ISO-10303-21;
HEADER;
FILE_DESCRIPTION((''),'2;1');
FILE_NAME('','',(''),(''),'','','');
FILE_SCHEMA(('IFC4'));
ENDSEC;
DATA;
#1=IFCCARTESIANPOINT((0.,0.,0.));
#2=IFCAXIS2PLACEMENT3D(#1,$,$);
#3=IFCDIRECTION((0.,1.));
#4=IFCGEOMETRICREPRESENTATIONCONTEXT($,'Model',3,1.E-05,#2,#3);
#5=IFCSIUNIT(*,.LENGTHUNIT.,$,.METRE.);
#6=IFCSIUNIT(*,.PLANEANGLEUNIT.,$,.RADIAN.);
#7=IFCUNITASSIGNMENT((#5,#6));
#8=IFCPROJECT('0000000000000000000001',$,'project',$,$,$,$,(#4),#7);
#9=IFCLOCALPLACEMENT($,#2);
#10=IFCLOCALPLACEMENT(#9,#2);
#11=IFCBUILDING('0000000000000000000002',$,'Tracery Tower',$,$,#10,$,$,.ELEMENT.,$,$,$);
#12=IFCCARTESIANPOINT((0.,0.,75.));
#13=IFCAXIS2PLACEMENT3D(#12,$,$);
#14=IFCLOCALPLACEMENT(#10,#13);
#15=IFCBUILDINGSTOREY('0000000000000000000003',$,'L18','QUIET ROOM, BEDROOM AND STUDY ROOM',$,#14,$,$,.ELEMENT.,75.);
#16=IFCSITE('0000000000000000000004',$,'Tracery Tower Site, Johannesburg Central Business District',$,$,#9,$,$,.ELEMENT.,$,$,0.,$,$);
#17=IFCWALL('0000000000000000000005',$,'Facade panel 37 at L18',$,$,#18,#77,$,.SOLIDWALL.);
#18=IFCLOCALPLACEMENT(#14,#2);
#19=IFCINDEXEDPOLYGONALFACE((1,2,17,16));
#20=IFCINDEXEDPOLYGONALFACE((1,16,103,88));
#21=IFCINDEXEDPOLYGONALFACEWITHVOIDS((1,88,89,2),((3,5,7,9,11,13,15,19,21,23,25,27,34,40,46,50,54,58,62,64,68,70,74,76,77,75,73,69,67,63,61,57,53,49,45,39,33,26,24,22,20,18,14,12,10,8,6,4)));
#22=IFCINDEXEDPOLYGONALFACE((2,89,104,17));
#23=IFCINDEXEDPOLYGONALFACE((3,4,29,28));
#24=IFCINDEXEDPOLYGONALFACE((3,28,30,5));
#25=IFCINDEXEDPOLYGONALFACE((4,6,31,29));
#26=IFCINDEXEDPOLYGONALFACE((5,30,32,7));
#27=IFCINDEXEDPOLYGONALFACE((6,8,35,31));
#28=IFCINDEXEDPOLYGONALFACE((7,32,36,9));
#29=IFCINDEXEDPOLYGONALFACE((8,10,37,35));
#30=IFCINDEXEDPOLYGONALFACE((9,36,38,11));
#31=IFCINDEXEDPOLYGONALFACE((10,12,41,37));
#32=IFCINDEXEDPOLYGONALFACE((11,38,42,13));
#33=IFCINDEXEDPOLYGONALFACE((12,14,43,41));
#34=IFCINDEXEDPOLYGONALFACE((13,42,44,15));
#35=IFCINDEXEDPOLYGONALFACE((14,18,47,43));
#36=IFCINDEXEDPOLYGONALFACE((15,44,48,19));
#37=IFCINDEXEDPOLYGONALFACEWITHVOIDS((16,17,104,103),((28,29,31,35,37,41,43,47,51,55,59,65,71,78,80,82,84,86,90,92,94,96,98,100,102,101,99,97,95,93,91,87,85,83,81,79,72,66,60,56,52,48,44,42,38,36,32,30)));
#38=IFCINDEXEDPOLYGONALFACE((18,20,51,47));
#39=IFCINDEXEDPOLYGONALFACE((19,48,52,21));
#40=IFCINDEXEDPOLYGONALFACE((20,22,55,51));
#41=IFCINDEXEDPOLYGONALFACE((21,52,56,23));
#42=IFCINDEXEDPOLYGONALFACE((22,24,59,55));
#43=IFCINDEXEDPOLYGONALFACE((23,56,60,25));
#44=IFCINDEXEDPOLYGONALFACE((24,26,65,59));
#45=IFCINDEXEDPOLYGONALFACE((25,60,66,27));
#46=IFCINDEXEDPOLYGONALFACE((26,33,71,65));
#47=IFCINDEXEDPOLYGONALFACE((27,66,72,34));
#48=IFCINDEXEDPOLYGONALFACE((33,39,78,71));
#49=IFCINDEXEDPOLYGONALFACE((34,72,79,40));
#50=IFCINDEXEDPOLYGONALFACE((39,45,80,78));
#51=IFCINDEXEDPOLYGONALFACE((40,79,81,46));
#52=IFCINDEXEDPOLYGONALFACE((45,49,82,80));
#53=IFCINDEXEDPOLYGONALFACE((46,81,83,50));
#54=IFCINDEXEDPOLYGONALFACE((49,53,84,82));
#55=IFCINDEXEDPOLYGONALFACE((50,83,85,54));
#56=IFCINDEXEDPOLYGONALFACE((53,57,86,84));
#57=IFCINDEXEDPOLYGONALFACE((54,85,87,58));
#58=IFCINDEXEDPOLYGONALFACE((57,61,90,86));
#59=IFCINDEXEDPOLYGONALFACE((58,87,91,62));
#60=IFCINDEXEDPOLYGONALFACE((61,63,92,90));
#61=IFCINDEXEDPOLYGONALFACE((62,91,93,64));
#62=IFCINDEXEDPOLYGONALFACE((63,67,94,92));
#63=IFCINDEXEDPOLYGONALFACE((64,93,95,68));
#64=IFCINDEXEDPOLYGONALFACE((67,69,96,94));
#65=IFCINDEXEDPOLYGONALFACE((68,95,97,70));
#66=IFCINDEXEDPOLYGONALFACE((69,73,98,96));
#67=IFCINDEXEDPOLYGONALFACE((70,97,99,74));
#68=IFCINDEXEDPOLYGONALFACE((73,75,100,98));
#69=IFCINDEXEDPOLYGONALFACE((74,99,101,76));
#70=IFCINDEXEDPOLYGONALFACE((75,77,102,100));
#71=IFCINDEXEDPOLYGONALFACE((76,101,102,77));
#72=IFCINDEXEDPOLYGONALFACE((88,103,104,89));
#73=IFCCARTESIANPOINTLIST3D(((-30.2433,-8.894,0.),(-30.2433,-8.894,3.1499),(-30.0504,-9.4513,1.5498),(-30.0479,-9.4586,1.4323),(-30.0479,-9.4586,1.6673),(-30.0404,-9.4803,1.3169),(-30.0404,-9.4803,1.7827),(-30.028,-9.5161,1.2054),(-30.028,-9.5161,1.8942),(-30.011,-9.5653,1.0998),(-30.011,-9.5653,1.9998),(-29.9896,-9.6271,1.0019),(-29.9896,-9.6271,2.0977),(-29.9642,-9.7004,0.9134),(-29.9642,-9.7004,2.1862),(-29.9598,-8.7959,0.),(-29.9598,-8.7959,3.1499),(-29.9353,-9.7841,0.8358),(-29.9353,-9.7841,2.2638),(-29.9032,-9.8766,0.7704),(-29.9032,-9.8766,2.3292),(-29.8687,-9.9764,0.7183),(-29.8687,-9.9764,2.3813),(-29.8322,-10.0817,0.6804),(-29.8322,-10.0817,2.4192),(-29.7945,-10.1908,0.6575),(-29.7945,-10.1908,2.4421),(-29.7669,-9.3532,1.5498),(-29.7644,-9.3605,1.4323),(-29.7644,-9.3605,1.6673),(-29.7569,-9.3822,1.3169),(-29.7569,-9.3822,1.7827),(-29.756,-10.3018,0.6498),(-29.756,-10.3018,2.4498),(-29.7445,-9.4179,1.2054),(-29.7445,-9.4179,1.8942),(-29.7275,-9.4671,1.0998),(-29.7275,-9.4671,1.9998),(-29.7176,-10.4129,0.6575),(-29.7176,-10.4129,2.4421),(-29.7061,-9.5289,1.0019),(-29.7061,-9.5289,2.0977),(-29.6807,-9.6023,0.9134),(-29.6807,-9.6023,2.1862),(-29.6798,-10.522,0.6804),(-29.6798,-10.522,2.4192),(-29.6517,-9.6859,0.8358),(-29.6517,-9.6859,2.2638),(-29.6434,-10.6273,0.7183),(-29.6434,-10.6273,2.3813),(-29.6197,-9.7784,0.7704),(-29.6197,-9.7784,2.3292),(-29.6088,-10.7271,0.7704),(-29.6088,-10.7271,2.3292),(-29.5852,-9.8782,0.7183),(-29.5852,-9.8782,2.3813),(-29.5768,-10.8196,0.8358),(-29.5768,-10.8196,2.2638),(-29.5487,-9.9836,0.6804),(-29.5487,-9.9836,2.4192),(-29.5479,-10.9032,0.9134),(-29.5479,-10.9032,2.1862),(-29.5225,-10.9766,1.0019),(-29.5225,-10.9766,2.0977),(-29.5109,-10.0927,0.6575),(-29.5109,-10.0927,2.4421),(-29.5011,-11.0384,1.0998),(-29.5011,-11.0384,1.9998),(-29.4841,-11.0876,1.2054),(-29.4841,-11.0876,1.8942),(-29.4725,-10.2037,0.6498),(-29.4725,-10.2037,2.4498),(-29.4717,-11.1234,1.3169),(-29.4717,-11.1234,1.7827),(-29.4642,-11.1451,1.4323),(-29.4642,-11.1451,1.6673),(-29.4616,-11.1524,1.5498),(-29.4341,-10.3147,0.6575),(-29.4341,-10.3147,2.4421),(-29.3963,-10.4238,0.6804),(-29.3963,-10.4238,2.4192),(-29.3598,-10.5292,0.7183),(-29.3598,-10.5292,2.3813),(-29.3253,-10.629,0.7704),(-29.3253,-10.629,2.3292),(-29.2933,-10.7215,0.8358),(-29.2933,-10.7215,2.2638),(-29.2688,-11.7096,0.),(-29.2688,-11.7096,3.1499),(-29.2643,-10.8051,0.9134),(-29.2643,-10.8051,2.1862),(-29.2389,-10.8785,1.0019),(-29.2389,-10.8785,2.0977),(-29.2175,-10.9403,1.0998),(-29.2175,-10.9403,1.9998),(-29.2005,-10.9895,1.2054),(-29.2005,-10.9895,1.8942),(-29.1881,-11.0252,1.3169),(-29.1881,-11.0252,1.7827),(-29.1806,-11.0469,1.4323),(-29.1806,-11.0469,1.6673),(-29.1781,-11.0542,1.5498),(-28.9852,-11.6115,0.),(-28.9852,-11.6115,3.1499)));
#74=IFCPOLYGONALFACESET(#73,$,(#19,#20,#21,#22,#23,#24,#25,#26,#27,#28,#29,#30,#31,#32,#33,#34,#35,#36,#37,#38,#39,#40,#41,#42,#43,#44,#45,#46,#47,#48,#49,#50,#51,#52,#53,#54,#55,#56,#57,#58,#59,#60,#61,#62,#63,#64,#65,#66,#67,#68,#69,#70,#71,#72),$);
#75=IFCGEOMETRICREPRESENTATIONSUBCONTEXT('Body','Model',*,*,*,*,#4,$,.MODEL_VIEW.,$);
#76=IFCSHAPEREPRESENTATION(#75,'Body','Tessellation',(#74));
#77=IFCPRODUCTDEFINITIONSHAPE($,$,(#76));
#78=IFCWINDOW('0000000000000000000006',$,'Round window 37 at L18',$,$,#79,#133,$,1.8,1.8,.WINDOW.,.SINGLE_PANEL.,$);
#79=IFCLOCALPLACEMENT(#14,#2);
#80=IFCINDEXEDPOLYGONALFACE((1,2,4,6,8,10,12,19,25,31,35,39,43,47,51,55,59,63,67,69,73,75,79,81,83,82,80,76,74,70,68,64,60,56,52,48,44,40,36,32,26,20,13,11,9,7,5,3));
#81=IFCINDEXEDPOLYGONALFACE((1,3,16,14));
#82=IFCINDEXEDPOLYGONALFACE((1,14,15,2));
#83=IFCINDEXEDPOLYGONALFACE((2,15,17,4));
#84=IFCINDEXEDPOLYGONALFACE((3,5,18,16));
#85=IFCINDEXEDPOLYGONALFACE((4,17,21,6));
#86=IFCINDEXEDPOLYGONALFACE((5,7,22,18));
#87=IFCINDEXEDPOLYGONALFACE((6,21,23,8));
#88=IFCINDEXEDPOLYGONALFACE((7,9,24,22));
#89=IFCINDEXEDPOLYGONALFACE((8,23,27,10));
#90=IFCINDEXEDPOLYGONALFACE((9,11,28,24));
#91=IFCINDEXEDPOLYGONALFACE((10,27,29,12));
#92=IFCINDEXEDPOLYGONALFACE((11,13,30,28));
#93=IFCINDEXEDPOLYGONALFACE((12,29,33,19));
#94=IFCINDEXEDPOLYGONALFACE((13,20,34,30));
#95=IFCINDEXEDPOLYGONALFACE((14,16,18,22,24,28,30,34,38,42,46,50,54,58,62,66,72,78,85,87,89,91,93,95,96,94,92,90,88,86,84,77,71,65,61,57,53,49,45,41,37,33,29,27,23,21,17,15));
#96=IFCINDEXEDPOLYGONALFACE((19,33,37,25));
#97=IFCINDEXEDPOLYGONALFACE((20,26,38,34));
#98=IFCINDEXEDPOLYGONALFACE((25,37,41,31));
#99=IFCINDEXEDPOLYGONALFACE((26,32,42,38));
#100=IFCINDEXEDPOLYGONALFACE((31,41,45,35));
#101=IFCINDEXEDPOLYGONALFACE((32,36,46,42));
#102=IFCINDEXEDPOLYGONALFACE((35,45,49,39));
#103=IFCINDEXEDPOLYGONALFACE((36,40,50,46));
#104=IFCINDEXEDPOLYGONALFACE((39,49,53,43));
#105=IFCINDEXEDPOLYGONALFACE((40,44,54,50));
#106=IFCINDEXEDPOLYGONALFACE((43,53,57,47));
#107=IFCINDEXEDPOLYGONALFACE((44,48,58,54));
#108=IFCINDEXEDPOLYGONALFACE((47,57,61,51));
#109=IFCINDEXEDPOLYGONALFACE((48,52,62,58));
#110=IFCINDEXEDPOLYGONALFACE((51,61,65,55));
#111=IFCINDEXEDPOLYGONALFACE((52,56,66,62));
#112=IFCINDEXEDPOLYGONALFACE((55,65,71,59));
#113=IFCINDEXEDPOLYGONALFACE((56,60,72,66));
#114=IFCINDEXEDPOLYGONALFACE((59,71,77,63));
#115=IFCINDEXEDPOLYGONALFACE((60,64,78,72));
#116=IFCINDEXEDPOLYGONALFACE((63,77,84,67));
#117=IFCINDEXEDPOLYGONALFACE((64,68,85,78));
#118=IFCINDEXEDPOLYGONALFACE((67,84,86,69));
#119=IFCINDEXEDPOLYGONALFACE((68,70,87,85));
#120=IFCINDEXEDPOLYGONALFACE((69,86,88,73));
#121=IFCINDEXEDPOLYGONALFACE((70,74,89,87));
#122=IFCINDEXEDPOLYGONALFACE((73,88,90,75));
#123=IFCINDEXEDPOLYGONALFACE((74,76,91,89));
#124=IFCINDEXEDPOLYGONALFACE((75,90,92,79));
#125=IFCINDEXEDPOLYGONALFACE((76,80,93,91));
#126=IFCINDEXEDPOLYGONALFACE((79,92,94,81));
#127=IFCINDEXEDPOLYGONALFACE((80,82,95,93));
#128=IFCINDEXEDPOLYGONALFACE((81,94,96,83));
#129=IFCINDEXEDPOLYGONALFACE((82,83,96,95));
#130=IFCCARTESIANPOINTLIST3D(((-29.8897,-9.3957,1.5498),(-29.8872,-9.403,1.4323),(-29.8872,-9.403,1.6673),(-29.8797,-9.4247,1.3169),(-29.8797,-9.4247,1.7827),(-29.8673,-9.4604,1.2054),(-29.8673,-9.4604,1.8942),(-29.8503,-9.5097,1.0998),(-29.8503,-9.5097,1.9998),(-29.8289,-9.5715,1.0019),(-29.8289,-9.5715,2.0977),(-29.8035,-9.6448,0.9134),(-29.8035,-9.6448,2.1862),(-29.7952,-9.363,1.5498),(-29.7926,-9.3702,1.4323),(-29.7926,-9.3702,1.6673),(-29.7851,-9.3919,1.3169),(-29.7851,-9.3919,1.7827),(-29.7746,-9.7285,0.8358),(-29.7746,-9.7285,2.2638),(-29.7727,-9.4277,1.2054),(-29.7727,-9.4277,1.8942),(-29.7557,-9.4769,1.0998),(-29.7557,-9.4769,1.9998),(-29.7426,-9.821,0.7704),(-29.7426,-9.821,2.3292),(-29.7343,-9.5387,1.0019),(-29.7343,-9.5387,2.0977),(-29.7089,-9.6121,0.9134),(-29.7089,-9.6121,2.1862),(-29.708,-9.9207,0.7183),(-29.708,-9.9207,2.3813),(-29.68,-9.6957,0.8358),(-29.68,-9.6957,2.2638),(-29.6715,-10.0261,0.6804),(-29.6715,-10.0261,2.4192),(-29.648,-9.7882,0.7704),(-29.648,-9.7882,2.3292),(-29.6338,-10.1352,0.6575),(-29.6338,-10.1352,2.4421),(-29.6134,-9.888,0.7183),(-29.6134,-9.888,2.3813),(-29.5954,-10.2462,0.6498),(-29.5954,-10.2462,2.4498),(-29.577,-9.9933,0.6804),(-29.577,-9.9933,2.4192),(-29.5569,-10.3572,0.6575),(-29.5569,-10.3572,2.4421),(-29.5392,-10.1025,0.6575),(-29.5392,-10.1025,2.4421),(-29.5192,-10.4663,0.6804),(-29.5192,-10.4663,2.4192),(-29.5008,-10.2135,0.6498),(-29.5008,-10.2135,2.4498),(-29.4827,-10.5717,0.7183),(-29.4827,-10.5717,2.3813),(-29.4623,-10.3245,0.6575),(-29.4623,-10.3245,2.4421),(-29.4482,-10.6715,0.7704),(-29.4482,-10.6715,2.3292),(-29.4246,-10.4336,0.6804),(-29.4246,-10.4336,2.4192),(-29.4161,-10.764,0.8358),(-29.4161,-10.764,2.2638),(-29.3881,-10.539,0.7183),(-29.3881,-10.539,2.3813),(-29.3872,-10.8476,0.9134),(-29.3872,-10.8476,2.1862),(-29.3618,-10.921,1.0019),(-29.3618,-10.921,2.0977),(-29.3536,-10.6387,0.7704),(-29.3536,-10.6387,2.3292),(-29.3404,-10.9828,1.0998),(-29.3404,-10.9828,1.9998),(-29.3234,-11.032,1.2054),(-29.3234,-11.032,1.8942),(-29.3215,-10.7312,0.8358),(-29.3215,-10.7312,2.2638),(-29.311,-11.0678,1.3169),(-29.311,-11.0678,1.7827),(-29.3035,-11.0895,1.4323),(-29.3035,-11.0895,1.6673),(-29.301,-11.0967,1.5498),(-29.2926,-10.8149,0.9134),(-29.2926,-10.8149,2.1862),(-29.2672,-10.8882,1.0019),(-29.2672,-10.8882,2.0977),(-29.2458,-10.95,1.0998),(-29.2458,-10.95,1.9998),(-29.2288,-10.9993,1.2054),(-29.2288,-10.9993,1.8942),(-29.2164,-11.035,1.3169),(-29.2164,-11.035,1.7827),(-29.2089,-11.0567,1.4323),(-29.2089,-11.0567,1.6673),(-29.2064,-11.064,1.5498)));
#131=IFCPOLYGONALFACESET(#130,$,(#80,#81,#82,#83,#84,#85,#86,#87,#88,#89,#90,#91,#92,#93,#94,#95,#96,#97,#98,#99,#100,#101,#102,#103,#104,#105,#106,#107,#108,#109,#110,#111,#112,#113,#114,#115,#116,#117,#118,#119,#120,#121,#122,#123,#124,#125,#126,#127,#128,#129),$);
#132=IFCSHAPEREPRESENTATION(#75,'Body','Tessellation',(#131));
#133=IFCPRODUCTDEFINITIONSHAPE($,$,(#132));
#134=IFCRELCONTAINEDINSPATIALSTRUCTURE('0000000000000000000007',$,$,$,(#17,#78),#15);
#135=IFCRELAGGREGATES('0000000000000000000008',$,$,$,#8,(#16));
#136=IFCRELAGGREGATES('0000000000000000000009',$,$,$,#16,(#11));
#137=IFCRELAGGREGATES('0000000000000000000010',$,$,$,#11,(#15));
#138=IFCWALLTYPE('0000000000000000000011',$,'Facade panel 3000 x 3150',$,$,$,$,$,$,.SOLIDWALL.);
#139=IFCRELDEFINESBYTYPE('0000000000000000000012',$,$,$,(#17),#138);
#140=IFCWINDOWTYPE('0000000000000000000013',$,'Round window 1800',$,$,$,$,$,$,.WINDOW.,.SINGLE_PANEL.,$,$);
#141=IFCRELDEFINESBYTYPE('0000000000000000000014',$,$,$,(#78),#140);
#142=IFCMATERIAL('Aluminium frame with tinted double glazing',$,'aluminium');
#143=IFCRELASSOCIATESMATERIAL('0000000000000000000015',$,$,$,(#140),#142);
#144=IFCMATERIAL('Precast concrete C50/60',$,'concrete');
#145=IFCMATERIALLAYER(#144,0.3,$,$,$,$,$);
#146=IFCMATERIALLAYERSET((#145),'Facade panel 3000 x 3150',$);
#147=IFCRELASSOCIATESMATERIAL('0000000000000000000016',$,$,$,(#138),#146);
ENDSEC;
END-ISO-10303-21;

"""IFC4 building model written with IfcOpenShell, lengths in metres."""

from ifc_helpers import new_model, si_unit, direction, frame, frame_2d, origin, origin_2d, place, context, subcontext, project, spatial, rectangle, circle, extrude, material, layer, layer_set, type_object, element, fill, save


model = new_model("IFC4")

# Units and contexts
model_context = context("Model", 3, precision=1e-05, world=origin(), true_north=direction((0.0, 1.0)))
body_context = subcontext(model_context, "Body", "Model", "MODEL_VIEW")
ifc_project = project(units=[si_unit("LENGTHUNIT", "METRE"), si_unit("PLANEANGLEUNIT", "RADIAN")], contexts=[model_context])

# Site, building, storey
site_placement = place(None, origin())
site = spatial("IfcSite", under=ifc_project, at=site_placement, Name="Tracery Tower Site, Johannesburg Central Business District", CompositionType="ELEMENT", RefElevation=0.0)
building_placement = place(site_placement, origin())
building = spatial("IfcBuilding", under=site, at=building_placement, Name="Tracery Tower", CompositionType="ELEMENT")
storey_placement = place(building_placement, frame((0.0, 0.0, 75.0)))
storey = spatial("IfcBuildingStorey", under=building, at=storey_placement, Name="L18", Description="QUIET ROOM, BEDROOM AND STUDY ROOM", CompositionType="ELEMENT", Elevation=75.0)

# Wall, opening, window
ifc_material_1 = material(Name="Aluminium frame with tinted double glazing", Category="aluminium")
window_type = type_object("IfcWindowType", Name="Round window 1800", PartitioningType="SINGLE_PANEL", PredefinedType="WINDOW", material=ifc_material_1)
ifc_material_2 = material(Name="Precast concrete C50/60", Category="concrete")
ifc_layer_1 = layer(ifc_material_2, 0.3)
ifc_layer_set_1 = layer_set([ifc_layer_1], Name="Facade panel 3000 x 3150")
wall_type_1 = type_object("IfcWallType", Name="Facade panel 3000 x 3150", PredefinedType="SOLIDWALL", material=ifc_layer_set_1)
wall_1_placement = place(storey_placement, frame((-30.1016, -8.845, 0.0), z_axis=(0.0, 0.0, 1.0), x_axis=(0.327096, -0.944991, 0.0)))
wall_1 = element("IfcWall", 1, at=wall_1_placement, inside=storey, type_object=wall_type_1, Name="Facade panel 37 at L18", PredefinedType="SOLIDWALL", context=body_context, shape_type="SweptSolid", body=[
    extrude(rectangle(XDim=2.9795, YDim=0.3, at=frame_2d((1.4897, 0.0))), origin(), (0.0, 0.0, 1.0), 3.1499),
])
opening_1_placement = place(wall_1_placement, frame((1.4897, 0.0, 1.5498)))
opening_1 = element("IfcOpeningElement", 2, at=opening_1_placement, cuts=wall_1, PredefinedType="OPENING", context=body_context, shape_type="SweptSolid", body=[
    extrude(circle(Radius=0.9, at=origin_2d()), frame((0.0, 0.1599, 0.0), z_axis=(0.0, -1.0, 0.0), x_axis=(1.0, 0.0, 0.0)), (0.0, 0.0, 1.0), 0.3201),
])
window_1_placement = place(opening_1_placement, origin())
window_1 = element("IfcWindow", 3, at=window_1_placement, inside=storey, type_object=window_type, Name="Round window 37 at L18", OverallHeight=1.8, OverallWidth=1.8, PartitioningType="SINGLE_PANEL", PredefinedType="WINDOW", context=body_context, shape_type="SweptSolid", body=[
    extrude(circle(Radius=0.9, at=origin_2d()), frame((0.0, 0.1201, 0.0), z_axis=(0.0, -1.0, 0.0), x_axis=(1.0, 0.0, 0.0)), (0.0, 0.0, 1.0), 0.1001),
])
fill(opening_1, window_1)

save(model, "model.ifc")
